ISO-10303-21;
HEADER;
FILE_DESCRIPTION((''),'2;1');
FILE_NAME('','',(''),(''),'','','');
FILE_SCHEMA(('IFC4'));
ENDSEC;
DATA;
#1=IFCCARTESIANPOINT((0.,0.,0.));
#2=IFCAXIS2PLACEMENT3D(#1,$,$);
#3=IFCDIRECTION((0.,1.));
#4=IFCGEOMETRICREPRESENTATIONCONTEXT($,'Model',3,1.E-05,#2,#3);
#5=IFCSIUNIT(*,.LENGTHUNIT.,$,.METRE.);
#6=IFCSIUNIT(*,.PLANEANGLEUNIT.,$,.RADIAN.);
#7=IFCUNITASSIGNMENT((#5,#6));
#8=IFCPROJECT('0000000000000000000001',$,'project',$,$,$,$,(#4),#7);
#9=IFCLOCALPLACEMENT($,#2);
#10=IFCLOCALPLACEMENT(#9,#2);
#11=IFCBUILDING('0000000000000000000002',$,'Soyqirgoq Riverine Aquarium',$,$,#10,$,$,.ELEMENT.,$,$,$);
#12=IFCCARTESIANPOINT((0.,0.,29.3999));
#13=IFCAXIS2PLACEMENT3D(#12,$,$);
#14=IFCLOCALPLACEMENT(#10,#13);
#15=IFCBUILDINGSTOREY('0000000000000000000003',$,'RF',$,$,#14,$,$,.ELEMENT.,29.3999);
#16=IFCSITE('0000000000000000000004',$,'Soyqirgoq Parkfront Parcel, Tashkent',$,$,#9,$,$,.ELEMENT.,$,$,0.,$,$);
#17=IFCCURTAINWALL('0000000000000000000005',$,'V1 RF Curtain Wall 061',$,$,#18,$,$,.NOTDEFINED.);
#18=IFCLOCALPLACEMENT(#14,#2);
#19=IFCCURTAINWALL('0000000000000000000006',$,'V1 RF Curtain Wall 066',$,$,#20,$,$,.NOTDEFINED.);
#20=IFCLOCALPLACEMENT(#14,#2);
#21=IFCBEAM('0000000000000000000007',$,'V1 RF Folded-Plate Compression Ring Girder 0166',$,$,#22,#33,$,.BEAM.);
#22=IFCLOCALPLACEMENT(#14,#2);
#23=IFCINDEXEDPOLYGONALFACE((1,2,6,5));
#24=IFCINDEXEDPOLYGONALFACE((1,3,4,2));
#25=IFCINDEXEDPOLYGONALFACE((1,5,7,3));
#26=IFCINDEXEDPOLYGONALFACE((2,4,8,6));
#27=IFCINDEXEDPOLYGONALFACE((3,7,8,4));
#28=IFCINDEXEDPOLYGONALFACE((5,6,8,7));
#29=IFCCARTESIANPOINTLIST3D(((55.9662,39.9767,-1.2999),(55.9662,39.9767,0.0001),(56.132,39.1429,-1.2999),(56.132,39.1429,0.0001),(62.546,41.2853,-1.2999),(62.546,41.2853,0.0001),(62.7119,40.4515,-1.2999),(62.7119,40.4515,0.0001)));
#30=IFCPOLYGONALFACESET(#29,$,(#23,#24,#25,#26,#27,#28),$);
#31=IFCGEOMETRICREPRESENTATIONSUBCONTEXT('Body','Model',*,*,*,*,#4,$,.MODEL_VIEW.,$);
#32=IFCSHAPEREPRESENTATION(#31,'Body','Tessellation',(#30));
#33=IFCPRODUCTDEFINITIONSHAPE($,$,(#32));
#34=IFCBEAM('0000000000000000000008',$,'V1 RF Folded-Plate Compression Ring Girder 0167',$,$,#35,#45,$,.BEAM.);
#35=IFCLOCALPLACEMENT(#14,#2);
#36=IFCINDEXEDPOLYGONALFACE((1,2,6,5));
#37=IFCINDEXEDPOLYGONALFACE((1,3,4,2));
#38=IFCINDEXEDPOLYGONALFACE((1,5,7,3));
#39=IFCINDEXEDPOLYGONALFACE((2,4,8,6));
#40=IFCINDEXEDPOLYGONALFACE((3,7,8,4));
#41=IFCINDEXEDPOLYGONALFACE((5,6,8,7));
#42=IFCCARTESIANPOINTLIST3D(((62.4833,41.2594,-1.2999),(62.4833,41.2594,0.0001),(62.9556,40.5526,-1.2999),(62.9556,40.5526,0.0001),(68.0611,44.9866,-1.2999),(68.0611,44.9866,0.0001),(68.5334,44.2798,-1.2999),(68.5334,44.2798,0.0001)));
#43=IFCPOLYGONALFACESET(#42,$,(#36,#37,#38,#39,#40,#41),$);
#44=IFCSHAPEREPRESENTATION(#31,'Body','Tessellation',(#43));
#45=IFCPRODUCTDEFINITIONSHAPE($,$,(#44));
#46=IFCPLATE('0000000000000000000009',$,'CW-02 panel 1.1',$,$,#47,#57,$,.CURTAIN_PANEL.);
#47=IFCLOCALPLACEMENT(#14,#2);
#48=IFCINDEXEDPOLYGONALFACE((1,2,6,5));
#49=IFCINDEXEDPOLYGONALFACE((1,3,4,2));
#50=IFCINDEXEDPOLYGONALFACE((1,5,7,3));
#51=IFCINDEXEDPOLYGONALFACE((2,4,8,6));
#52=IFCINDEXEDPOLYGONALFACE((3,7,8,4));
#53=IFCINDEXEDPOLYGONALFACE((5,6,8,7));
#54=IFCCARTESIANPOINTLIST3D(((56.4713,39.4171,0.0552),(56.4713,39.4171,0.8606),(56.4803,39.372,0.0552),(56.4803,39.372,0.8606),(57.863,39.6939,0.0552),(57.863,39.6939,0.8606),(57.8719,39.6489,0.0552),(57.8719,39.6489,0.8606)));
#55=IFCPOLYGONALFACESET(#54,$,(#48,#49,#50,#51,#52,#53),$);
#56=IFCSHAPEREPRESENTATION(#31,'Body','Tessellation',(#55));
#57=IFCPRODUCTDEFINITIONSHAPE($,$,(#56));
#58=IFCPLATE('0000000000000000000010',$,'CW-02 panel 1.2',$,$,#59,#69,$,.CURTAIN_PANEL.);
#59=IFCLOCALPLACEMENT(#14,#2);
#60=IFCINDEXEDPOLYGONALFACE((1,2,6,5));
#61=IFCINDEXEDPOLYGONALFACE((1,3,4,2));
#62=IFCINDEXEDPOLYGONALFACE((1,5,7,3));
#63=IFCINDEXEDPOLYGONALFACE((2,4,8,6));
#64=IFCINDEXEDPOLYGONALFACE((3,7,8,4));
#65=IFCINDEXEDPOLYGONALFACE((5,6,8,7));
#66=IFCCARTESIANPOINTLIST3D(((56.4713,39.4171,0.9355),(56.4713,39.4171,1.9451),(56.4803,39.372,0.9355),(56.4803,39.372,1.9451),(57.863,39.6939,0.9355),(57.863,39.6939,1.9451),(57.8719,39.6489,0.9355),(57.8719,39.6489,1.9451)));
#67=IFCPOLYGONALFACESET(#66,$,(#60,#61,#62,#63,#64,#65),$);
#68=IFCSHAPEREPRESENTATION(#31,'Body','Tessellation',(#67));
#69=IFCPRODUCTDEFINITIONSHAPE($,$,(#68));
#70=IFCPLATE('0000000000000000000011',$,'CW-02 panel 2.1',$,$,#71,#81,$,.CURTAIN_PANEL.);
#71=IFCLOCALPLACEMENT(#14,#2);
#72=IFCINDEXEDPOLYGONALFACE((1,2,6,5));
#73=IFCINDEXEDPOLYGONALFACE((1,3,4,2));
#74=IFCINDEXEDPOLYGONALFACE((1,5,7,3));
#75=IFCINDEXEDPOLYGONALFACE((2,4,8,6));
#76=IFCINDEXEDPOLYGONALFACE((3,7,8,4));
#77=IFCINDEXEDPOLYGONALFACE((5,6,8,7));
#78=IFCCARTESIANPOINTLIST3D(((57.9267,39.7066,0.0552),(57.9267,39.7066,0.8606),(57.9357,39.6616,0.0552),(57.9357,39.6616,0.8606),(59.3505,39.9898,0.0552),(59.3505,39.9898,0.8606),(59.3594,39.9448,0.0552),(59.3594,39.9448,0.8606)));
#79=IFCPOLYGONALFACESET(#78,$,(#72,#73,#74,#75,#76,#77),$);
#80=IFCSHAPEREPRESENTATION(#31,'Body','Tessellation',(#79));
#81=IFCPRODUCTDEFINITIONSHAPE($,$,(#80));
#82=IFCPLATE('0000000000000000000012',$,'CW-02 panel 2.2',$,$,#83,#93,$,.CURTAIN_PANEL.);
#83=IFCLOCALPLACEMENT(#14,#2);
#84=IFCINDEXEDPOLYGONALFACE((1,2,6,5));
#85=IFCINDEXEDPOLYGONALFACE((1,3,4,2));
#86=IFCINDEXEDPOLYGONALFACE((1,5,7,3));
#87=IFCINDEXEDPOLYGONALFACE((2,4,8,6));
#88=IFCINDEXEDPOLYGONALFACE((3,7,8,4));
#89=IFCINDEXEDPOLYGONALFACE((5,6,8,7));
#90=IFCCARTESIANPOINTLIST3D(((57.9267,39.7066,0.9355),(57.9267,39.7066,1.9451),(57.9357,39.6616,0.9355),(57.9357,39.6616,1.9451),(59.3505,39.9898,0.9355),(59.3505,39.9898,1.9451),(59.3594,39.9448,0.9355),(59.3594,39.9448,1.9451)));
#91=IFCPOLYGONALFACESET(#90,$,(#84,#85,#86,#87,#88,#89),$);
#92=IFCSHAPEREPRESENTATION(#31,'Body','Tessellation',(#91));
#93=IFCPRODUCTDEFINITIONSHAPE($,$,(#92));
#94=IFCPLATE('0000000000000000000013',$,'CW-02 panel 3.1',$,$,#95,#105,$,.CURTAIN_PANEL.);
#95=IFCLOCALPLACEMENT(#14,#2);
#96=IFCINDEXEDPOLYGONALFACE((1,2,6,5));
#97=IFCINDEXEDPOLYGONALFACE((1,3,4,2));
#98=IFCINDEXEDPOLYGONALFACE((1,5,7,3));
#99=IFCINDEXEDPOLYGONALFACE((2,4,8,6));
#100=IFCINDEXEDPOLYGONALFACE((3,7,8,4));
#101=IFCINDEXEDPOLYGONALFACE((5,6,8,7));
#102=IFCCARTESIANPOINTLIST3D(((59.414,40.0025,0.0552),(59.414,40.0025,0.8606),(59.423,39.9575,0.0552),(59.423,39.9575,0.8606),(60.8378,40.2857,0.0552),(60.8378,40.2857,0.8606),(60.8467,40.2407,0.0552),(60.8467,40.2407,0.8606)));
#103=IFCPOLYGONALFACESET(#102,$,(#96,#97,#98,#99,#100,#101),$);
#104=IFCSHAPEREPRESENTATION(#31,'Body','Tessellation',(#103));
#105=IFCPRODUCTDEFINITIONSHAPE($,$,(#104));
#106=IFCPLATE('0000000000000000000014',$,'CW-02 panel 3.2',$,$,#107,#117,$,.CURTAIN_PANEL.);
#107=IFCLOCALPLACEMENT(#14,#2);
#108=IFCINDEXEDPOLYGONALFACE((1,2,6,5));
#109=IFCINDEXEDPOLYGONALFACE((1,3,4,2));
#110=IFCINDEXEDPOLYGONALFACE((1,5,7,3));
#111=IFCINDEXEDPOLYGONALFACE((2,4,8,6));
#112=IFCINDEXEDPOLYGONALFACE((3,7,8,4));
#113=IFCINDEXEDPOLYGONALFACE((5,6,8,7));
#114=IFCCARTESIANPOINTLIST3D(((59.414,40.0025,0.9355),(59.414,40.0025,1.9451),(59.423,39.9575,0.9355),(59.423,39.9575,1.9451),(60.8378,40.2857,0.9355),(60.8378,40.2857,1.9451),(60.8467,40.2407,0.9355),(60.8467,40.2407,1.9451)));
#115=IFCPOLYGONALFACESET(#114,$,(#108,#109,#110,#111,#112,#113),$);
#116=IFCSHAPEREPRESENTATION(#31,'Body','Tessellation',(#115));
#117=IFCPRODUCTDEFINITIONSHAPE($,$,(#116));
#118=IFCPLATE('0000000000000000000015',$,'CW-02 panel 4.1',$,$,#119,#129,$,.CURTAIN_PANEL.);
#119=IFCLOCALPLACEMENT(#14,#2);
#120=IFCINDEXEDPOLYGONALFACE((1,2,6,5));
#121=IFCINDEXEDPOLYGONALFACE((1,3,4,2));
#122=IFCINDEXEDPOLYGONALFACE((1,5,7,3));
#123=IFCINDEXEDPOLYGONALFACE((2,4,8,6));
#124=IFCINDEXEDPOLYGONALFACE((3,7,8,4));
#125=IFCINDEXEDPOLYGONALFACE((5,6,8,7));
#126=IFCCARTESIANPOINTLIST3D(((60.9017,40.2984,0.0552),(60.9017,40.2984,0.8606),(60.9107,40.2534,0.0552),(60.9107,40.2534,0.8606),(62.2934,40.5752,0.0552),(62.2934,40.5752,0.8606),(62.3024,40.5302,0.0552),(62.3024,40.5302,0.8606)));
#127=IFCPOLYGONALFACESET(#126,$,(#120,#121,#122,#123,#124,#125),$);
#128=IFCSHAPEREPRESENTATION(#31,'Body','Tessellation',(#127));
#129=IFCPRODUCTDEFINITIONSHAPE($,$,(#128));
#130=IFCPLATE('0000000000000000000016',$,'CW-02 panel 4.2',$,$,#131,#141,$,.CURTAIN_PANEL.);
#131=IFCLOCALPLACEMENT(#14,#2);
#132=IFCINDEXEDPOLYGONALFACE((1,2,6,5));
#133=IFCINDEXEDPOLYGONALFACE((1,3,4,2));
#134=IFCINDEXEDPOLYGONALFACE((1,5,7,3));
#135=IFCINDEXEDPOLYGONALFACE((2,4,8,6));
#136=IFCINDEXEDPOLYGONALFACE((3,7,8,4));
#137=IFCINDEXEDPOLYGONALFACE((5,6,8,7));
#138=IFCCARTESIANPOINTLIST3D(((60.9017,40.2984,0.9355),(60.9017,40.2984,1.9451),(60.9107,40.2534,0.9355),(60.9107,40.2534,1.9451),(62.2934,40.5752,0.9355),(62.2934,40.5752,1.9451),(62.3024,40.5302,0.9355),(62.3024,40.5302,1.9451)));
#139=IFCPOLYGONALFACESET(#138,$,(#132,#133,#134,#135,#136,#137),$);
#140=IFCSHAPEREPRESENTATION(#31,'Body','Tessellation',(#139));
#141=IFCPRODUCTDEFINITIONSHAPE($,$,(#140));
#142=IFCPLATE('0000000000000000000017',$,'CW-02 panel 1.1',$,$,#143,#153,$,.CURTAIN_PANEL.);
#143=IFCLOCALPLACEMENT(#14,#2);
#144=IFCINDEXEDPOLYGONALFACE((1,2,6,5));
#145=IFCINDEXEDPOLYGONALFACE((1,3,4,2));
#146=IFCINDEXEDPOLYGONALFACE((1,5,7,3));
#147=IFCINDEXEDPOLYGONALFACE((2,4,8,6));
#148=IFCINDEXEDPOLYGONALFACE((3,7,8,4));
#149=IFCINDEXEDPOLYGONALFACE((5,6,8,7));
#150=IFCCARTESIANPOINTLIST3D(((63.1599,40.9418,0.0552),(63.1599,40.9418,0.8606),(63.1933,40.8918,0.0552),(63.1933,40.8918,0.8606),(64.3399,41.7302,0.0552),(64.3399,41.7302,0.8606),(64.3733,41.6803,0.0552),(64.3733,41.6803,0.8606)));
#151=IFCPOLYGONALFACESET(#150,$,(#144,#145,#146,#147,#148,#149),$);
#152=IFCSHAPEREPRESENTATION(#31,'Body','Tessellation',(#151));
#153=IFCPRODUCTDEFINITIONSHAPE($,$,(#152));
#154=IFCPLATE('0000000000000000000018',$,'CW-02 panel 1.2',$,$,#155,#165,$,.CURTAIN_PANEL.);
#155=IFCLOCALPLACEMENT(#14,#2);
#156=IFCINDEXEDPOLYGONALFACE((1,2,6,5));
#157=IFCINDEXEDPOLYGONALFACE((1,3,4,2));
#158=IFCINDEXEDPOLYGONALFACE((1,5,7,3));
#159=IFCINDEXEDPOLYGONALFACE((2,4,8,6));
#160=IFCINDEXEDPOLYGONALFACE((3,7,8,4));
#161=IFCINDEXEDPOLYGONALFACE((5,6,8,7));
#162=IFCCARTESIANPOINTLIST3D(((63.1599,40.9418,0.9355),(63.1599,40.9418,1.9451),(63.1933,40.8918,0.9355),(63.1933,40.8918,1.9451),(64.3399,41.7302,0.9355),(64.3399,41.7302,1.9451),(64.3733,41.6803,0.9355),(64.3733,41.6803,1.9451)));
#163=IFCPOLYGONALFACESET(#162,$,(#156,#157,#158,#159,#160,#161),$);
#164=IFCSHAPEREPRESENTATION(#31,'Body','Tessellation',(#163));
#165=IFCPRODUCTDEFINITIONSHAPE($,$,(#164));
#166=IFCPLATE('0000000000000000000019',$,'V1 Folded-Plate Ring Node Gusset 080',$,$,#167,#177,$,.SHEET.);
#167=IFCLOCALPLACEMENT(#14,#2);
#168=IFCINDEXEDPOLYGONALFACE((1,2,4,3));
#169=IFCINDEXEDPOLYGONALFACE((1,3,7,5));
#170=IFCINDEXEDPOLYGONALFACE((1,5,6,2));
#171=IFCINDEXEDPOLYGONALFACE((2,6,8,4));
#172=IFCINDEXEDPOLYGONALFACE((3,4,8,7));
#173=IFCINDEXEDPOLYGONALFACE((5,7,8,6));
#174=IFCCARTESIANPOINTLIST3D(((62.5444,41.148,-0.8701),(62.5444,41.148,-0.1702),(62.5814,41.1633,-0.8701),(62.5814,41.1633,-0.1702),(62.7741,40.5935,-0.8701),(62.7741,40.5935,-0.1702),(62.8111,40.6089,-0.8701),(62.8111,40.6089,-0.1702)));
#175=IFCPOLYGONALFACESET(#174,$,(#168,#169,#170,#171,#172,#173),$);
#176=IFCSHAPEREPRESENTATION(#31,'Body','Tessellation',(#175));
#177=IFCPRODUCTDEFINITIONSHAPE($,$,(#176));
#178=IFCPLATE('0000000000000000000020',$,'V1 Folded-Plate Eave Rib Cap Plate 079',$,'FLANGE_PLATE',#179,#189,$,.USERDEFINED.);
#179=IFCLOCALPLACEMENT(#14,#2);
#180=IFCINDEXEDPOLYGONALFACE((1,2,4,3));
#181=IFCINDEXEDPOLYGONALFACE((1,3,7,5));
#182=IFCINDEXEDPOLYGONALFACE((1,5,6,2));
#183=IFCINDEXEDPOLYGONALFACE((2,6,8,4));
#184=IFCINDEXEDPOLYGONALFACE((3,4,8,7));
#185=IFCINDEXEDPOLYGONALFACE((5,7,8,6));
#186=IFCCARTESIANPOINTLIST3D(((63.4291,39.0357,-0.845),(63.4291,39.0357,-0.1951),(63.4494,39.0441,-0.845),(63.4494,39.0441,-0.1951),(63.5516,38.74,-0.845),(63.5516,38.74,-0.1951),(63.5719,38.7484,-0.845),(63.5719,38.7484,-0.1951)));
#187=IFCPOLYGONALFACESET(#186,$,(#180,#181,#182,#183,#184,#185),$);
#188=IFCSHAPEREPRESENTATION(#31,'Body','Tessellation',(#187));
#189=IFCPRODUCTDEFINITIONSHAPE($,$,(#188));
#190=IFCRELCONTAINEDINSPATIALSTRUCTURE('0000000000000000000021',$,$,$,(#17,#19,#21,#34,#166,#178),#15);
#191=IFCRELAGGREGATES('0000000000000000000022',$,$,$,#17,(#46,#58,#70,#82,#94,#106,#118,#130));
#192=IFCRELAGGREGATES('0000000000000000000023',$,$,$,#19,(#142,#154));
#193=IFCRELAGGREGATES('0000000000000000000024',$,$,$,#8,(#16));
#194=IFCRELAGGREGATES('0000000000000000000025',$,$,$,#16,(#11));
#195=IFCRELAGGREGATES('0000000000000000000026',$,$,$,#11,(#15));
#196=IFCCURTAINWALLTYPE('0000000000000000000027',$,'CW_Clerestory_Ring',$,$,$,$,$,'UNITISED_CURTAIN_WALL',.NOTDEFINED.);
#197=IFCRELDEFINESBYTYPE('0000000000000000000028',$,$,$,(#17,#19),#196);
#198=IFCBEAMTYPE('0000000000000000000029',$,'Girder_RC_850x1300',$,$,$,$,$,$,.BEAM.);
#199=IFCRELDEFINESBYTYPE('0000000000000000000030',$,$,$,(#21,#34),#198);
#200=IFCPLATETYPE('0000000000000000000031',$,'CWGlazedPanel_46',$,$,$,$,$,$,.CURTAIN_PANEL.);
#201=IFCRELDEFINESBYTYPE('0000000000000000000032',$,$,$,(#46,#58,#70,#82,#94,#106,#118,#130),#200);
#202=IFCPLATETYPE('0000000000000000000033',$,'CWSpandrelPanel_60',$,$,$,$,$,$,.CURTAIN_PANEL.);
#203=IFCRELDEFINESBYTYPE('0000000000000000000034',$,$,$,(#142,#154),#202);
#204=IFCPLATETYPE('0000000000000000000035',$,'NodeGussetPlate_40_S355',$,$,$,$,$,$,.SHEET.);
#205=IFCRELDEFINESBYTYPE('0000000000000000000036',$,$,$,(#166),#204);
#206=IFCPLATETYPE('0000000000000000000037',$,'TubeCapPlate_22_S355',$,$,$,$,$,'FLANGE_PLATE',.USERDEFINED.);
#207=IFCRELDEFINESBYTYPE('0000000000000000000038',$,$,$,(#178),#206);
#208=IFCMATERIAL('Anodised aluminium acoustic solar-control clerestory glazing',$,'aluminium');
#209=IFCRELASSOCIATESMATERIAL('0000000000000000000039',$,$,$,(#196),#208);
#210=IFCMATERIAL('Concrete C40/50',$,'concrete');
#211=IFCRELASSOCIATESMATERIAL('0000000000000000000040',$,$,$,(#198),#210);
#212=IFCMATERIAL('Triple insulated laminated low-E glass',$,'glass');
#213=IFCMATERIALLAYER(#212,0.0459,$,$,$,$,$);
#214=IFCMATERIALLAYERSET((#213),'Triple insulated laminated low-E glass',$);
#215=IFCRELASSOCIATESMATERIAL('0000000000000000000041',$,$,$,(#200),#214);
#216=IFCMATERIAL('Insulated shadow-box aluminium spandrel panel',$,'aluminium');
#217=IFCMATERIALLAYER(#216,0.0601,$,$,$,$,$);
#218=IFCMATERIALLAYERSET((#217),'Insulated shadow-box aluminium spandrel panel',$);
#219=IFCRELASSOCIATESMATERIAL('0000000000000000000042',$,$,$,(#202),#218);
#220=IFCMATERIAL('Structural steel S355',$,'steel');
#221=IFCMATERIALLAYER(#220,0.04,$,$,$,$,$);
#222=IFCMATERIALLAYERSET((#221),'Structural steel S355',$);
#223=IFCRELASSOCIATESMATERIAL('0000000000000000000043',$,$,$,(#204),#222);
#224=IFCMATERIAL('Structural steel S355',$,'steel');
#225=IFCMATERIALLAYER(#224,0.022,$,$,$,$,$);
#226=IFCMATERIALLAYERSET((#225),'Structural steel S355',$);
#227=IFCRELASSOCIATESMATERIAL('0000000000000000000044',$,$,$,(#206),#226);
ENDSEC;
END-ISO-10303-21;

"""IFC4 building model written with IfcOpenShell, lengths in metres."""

from ifc_helpers import new_model, si_unit, direction, frame, origin, origin_2d, place, context, subcontext, project, spatial, rectangle, extrude, material, layer, layer_set, material_profile, profile_set, type_object, element, aggregate, save


model = new_model("IFC4")

# Units and contexts
model_context = context("Model", 3, precision=1e-05, world=origin(), true_north=direction((0.0, 1.0)))
body_context = subcontext(model_context, "Body", "Model", "MODEL_VIEW")
ifc_project = project(units=[si_unit("LENGTHUNIT", "METRE"), si_unit("PLANEANGLEUNIT", "RADIAN")], contexts=[model_context])

# Site, building, storey
site_placement = place(None, origin())
site = spatial("IfcSite", under=ifc_project, at=site_placement, Name="Soyqirgoq Parkfront Parcel, Tashkent", CompositionType="ELEMENT", RefElevation=0.0)
building_placement = place(site_placement, origin())
building = spatial("IfcBuilding", under=site, at=building_placement, Name="Soyqirgoq Riverine Aquarium", CompositionType="ELEMENT")
storey_placement = place(building_placement, frame((0.0, 0.0, 29.3999)))
storey = spatial("IfcBuildingStorey", under=building, at=storey_placement, Name="RF", CompositionType="ELEMENT", Elevation=29.3999)

# Curtain wall
ifc_material_1 = material(Name="Anodised aluminium acoustic solar-control clerestory glazing", Category="aluminium")
curtain_wall_type = type_object("IfcCurtainWallType", Name="CW_Clerestory_Ring", ElementType="UNITISED_CURTAIN_WALL", PredefinedType="NOTDEFINED", material=ifc_material_1)
curtain_wall_1_placement = place(storey_placement, origin())
curtain_wall_1 = element("IfcCurtainWall", 1, at=curtain_wall_1_placement, inside=storey, type_object=curtain_wall_type, Name="V1 RF Curtain Wall 061", PredefinedType="NOTDEFINED")

# Curtain wall
curtain_wall_2_placement = place(storey_placement, origin())
curtain_wall_2 = element("IfcCurtainWall", 2, at=curtain_wall_2_placement, inside=storey, type_object=curtain_wall_type, Name="V1 RF Curtain Wall 066", PredefinedType="NOTDEFINED")

# Beams
ifc_material_2 = material(Name="Concrete C40/50", Category="concrete")
ifc_material_profile_1 = material_profile(ifc_material_2, rectangle(XDim=0.8501, YDim=1.3, at=origin_2d()), Name="RC 850x1300")
ifc_profile_set_1 = profile_set([ifc_material_profile_1], Name="Concrete C40/50")
beam_type = type_object("IfcBeamType", Name="Girder_RC_850x1300", PredefinedType="BEAM", material=ifc_profile_set_1)
beam_1_placement = place(storey_placement, frame((56.0491, 39.5598, -0.6499), z_axis=(0.980791, 0.195059, 0.0), x_axis=(-0.195059, 0.980791, 0.0)))
element("IfcBeam", 3, at=beam_1_placement, inside=storey, type_object=beam_type, Name="V1 RF Folded-Plate Compression Ring Girder 0166", PredefinedType="BEAM", context=body_context, shape_type="SweptSolid", body=[
    extrude(rectangle(XDim=0.8501, YDim=1.3, at=origin_2d()), origin(), (0.0, 0.0, 1.0), 6.7087),
])
beam_2_placement = place(storey_placement, frame((62.7195, 40.906, -0.6499), z_axis=(0.831451, 0.555598, 0.0), x_axis=(-0.555598, 0.831451, 0.0)))
element("IfcBeam", 4, at=beam_2_placement, inside=storey, type_object=beam_type, Name="V1 RF Folded-Plate Compression Ring Girder 0167", PredefinedType="BEAM", context=body_context, shape_type="SweptSolid", body=[
    extrude(rectangle(XDim=0.8501, YDim=1.3, at=origin_2d()), origin(), (0.0, 0.0, 1.0), 6.7085),
])

# Plates
ifc_material_3 = material(Name="Triple insulated laminated low-E glass", Category="glass")
ifc_layer_1 = layer(ifc_material_3, 0.0459)
ifc_layer_set_1 = layer_set([ifc_layer_1], Name="Triple insulated laminated low-E glass")
plate_type_1 = type_object("IfcPlateType", Name="CWGlazedPanel_46", PredefinedType="CURTAIN_PANEL", material=ifc_layer_set_1)
plate_1_placement = place(storey_placement, frame((57.1716, 39.533, 0.0552), z_axis=(0.0, 0.0, 1.0), x_axis=(0.980784, 0.195095, 0.0)))
plate_1 = element("IfcPlate", 5, at=plate_1_placement, type_object=plate_type_1, Name="CW-02 panel 1.1", PredefinedType="CURTAIN_PANEL", context=body_context, shape_type="SweptSolid", body=[
    extrude(rectangle(XDim=1.4189, YDim=0.0459, at=origin_2d()), origin(), (0.0, 0.0, 1.0), 0.8054),
])
plate_2_placement = place(storey_placement, frame((57.1716, 39.533, 0.9355), z_axis=(0.0, 0.0, 1.0), x_axis=(0.980784, 0.195095, 0.0)))
plate_2 = element("IfcPlate", 6, at=plate_2_placement, type_object=plate_type_1, Name="CW-02 panel 1.2", PredefinedType="CURTAIN_PANEL", context=body_context, shape_type="SweptSolid", body=[
    extrude(rectangle(XDim=1.4189, YDim=0.0459, at=origin_2d()), origin(), (0.0, 0.0, 1.0), 1.0095),
])
plate_3_placement = place(storey_placement, frame((58.6431, 39.8257, 0.0552), z_axis=(0.0, 0.0, 1.0), x_axis=(0.980784, 0.195095, 0.0)))
plate_3 = element("IfcPlate", 7, at=plate_3_placement, type_object=plate_type_1, Name="CW-02 panel 2.1", PredefinedType="CURTAIN_PANEL", context=body_context, shape_type="SweptSolid", body=[
    extrude(rectangle(XDim=1.4517, YDim=0.0459, at=origin_2d()), origin(), (0.0, 0.0, 1.0), 0.8054),
])
plate_4_placement = place(storey_placement, frame((58.6431, 39.8257, 0.9355), z_axis=(0.0, 0.0, 1.0), x_axis=(0.980784, 0.195095, 0.0)))
plate_4 = element("IfcPlate", 8, at=plate_4_placement, type_object=plate_type_1, Name="CW-02 panel 2.2", PredefinedType="CURTAIN_PANEL", context=body_context, shape_type="SweptSolid", body=[
    extrude(rectangle(XDim=1.4517, YDim=0.0459, at=origin_2d()), origin(), (0.0, 0.0, 1.0), 1.0095),
])
plate_5_placement = place(storey_placement, frame((60.1304, 40.1216, 0.0552), z_axis=(0.0, 0.0, 1.0), x_axis=(0.980784, 0.195095, 0.0)))
plate_5 = element("IfcPlate", 9, at=plate_5_placement, type_object=plate_type_1, Name="CW-02 panel 3.1", PredefinedType="CURTAIN_PANEL", context=body_context, shape_type="SweptSolid", body=[
    extrude(rectangle(XDim=1.4517, YDim=0.0459, at=origin_2d()), origin(), (0.0, 0.0, 1.0), 0.8054),
])
plate_6_placement = place(storey_placement, frame((60.1304, 40.1216, 0.9355), z_axis=(0.0, 0.0, 1.0), x_axis=(0.980784, 0.195095, 0.0)))
plate_6 = element("IfcPlate", 10, at=plate_6_placement, type_object=plate_type_1, Name="CW-02 panel 3.2", PredefinedType="CURTAIN_PANEL", context=body_context, shape_type="SweptSolid", body=[
    extrude(rectangle(XDim=1.4517, YDim=0.0459, at=origin_2d()), origin(), (0.0, 0.0, 1.0), 1.0095),
])
plate_7_placement = place(storey_placement, frame((61.6021, 40.4143, 0.0552), z_axis=(0.0, 0.0, 1.0), x_axis=(0.980784, 0.195095, 0.0)))
plate_7 = element("IfcPlate", 11, at=plate_7_placement, type_object=plate_type_1, Name="CW-02 panel 4.1", PredefinedType="CURTAIN_PANEL", context=body_context, shape_type="SweptSolid", body=[
    extrude(rectangle(XDim=1.4189, YDim=0.0459, at=origin_2d()), origin(), (0.0, 0.0, 1.0), 0.8054),
])
plate_8_placement = place(storey_placement, frame((61.6021, 40.4143, 0.9355), z_axis=(0.0, 0.0, 1.0), x_axis=(0.980784, 0.195095, 0.0)))
plate_8 = element("IfcPlate", 12, at=plate_8_placement, type_object=plate_type_1, Name="CW-02 panel 4.2", PredefinedType="CURTAIN_PANEL", context=body_context, shape_type="SweptSolid", body=[
    extrude(rectangle(XDim=1.4189, YDim=0.0459, at=origin_2d()), origin(), (0.0, 0.0, 1.0), 1.0095),
])
aggregate(curtain_wall_1, [plate_1, plate_2, plate_3, plate_4, plate_5, plate_6, plate_7, plate_8])
ifc_material_4 = material(Name="Insulated shadow-box aluminium spandrel panel", Category="aluminium")
ifc_layer_2 = layer(ifc_material_4, 0.0601)
ifc_layer_set_2 = layer_set([ifc_layer_2], Name="Insulated shadow-box aluminium spandrel panel")
plate_type_2 = type_object("IfcPlateType", Name="CWSpandrelPanel_60", PredefinedType="CURTAIN_PANEL", material=ifc_layer_set_2)
plate_9_placement = place(storey_placement, frame((63.7666, 41.311, 0.0552), z_axis=(0.0, 0.0, 1.0), x_axis=(0.831464, 0.555579, 0.0)))
plate_9 = element("IfcPlate", 13, at=plate_9_placement, type_object=plate_type_2, Name="CW-02 panel 1.1", PredefinedType="CURTAIN_PANEL", context=body_context, shape_type="SweptSolid", body=[
    extrude(rectangle(XDim=1.4192, YDim=0.0601, at=origin_2d()), origin(), (0.0, 0.0, 1.0), 0.8054),
])
plate_10_placement = place(storey_placement, frame((63.7666, 41.311, 0.9355), z_axis=(0.0, 0.0, 1.0), x_axis=(0.831464, 0.555579, 0.0)))
plate_10 = element("IfcPlate", 14, at=plate_10_placement, type_object=plate_type_2, Name="CW-02 panel 1.2", PredefinedType="CURTAIN_PANEL", context=body_context, shape_type="SweptSolid", body=[
    extrude(rectangle(XDim=1.4192, YDim=0.0601, at=origin_2d()), origin(), (0.0, 0.0, 1.0), 1.0095),
])
aggregate(curtain_wall_2, [plate_9, plate_10])

# Plates
ifc_material_5 = material(Name="Structural steel S355", Category="steel")
ifc_layer_3 = layer(ifc_material_5, 0.04)
ifc_layer_set_3 = layer_set([ifc_layer_3], Name="Structural steel S355")
plate_type_3 = type_object("IfcPlateType", Name="NodeGussetPlate_40_S355", PredefinedType="SHEET", material=ifc_layer_set_3)
plate_11_placement = place(storey_placement, frame((62.6777, 40.8784, -0.8701), z_axis=(0.0, 0.0, 1.0), x_axis=(0.382683, -0.92388, 0.0)))
element("IfcPlate", 15, at=plate_11_placement, inside=storey, type_object=plate_type_3, Name="V1 Folded-Plate Ring Node Gusset 080", PredefinedType="SHEET", context=body_context, shape_type="SweptSolid", body=[
    extrude(rectangle(XDim=0.6001, YDim=0.04, at=origin_2d()), origin(), (0.0, 0.0, 1.0), 0.7),
])
ifc_material_6 = material(Name="Structural steel S355", Category="steel")
ifc_layer_4 = layer(ifc_material_6, 0.022)
ifc_layer_set_4 = layer_set([ifc_layer_4], Name="Structural steel S355")
plate_type_4 = type_object("IfcPlateType", Name="TubeCapPlate_22_S355", ElementType="FLANGE_PLATE", PredefinedType="USERDEFINED", material=ifc_layer_set_4)
plate_12_placement = place(storey_placement, frame((63.5005, 38.8921, -0.845), z_axis=(0.0, 0.0, 1.0), x_axis=(0.382683, -0.92388, 0.0)))
element("IfcPlate", 16, at=plate_12_placement, inside=storey, type_object=plate_type_4, Name="V1 Folded-Plate Eave Rib Cap Plate 079", ObjectType="FLANGE_PLATE", PredefinedType="USERDEFINED", context=body_context, shape_type="SweptSolid", body=[
    extrude(rectangle(XDim=0.3201, YDim=0.022, at=origin_2d()), origin(), (0.0, 0.0, 1.0), 0.6499),
])

save(model, "model.ifc")
